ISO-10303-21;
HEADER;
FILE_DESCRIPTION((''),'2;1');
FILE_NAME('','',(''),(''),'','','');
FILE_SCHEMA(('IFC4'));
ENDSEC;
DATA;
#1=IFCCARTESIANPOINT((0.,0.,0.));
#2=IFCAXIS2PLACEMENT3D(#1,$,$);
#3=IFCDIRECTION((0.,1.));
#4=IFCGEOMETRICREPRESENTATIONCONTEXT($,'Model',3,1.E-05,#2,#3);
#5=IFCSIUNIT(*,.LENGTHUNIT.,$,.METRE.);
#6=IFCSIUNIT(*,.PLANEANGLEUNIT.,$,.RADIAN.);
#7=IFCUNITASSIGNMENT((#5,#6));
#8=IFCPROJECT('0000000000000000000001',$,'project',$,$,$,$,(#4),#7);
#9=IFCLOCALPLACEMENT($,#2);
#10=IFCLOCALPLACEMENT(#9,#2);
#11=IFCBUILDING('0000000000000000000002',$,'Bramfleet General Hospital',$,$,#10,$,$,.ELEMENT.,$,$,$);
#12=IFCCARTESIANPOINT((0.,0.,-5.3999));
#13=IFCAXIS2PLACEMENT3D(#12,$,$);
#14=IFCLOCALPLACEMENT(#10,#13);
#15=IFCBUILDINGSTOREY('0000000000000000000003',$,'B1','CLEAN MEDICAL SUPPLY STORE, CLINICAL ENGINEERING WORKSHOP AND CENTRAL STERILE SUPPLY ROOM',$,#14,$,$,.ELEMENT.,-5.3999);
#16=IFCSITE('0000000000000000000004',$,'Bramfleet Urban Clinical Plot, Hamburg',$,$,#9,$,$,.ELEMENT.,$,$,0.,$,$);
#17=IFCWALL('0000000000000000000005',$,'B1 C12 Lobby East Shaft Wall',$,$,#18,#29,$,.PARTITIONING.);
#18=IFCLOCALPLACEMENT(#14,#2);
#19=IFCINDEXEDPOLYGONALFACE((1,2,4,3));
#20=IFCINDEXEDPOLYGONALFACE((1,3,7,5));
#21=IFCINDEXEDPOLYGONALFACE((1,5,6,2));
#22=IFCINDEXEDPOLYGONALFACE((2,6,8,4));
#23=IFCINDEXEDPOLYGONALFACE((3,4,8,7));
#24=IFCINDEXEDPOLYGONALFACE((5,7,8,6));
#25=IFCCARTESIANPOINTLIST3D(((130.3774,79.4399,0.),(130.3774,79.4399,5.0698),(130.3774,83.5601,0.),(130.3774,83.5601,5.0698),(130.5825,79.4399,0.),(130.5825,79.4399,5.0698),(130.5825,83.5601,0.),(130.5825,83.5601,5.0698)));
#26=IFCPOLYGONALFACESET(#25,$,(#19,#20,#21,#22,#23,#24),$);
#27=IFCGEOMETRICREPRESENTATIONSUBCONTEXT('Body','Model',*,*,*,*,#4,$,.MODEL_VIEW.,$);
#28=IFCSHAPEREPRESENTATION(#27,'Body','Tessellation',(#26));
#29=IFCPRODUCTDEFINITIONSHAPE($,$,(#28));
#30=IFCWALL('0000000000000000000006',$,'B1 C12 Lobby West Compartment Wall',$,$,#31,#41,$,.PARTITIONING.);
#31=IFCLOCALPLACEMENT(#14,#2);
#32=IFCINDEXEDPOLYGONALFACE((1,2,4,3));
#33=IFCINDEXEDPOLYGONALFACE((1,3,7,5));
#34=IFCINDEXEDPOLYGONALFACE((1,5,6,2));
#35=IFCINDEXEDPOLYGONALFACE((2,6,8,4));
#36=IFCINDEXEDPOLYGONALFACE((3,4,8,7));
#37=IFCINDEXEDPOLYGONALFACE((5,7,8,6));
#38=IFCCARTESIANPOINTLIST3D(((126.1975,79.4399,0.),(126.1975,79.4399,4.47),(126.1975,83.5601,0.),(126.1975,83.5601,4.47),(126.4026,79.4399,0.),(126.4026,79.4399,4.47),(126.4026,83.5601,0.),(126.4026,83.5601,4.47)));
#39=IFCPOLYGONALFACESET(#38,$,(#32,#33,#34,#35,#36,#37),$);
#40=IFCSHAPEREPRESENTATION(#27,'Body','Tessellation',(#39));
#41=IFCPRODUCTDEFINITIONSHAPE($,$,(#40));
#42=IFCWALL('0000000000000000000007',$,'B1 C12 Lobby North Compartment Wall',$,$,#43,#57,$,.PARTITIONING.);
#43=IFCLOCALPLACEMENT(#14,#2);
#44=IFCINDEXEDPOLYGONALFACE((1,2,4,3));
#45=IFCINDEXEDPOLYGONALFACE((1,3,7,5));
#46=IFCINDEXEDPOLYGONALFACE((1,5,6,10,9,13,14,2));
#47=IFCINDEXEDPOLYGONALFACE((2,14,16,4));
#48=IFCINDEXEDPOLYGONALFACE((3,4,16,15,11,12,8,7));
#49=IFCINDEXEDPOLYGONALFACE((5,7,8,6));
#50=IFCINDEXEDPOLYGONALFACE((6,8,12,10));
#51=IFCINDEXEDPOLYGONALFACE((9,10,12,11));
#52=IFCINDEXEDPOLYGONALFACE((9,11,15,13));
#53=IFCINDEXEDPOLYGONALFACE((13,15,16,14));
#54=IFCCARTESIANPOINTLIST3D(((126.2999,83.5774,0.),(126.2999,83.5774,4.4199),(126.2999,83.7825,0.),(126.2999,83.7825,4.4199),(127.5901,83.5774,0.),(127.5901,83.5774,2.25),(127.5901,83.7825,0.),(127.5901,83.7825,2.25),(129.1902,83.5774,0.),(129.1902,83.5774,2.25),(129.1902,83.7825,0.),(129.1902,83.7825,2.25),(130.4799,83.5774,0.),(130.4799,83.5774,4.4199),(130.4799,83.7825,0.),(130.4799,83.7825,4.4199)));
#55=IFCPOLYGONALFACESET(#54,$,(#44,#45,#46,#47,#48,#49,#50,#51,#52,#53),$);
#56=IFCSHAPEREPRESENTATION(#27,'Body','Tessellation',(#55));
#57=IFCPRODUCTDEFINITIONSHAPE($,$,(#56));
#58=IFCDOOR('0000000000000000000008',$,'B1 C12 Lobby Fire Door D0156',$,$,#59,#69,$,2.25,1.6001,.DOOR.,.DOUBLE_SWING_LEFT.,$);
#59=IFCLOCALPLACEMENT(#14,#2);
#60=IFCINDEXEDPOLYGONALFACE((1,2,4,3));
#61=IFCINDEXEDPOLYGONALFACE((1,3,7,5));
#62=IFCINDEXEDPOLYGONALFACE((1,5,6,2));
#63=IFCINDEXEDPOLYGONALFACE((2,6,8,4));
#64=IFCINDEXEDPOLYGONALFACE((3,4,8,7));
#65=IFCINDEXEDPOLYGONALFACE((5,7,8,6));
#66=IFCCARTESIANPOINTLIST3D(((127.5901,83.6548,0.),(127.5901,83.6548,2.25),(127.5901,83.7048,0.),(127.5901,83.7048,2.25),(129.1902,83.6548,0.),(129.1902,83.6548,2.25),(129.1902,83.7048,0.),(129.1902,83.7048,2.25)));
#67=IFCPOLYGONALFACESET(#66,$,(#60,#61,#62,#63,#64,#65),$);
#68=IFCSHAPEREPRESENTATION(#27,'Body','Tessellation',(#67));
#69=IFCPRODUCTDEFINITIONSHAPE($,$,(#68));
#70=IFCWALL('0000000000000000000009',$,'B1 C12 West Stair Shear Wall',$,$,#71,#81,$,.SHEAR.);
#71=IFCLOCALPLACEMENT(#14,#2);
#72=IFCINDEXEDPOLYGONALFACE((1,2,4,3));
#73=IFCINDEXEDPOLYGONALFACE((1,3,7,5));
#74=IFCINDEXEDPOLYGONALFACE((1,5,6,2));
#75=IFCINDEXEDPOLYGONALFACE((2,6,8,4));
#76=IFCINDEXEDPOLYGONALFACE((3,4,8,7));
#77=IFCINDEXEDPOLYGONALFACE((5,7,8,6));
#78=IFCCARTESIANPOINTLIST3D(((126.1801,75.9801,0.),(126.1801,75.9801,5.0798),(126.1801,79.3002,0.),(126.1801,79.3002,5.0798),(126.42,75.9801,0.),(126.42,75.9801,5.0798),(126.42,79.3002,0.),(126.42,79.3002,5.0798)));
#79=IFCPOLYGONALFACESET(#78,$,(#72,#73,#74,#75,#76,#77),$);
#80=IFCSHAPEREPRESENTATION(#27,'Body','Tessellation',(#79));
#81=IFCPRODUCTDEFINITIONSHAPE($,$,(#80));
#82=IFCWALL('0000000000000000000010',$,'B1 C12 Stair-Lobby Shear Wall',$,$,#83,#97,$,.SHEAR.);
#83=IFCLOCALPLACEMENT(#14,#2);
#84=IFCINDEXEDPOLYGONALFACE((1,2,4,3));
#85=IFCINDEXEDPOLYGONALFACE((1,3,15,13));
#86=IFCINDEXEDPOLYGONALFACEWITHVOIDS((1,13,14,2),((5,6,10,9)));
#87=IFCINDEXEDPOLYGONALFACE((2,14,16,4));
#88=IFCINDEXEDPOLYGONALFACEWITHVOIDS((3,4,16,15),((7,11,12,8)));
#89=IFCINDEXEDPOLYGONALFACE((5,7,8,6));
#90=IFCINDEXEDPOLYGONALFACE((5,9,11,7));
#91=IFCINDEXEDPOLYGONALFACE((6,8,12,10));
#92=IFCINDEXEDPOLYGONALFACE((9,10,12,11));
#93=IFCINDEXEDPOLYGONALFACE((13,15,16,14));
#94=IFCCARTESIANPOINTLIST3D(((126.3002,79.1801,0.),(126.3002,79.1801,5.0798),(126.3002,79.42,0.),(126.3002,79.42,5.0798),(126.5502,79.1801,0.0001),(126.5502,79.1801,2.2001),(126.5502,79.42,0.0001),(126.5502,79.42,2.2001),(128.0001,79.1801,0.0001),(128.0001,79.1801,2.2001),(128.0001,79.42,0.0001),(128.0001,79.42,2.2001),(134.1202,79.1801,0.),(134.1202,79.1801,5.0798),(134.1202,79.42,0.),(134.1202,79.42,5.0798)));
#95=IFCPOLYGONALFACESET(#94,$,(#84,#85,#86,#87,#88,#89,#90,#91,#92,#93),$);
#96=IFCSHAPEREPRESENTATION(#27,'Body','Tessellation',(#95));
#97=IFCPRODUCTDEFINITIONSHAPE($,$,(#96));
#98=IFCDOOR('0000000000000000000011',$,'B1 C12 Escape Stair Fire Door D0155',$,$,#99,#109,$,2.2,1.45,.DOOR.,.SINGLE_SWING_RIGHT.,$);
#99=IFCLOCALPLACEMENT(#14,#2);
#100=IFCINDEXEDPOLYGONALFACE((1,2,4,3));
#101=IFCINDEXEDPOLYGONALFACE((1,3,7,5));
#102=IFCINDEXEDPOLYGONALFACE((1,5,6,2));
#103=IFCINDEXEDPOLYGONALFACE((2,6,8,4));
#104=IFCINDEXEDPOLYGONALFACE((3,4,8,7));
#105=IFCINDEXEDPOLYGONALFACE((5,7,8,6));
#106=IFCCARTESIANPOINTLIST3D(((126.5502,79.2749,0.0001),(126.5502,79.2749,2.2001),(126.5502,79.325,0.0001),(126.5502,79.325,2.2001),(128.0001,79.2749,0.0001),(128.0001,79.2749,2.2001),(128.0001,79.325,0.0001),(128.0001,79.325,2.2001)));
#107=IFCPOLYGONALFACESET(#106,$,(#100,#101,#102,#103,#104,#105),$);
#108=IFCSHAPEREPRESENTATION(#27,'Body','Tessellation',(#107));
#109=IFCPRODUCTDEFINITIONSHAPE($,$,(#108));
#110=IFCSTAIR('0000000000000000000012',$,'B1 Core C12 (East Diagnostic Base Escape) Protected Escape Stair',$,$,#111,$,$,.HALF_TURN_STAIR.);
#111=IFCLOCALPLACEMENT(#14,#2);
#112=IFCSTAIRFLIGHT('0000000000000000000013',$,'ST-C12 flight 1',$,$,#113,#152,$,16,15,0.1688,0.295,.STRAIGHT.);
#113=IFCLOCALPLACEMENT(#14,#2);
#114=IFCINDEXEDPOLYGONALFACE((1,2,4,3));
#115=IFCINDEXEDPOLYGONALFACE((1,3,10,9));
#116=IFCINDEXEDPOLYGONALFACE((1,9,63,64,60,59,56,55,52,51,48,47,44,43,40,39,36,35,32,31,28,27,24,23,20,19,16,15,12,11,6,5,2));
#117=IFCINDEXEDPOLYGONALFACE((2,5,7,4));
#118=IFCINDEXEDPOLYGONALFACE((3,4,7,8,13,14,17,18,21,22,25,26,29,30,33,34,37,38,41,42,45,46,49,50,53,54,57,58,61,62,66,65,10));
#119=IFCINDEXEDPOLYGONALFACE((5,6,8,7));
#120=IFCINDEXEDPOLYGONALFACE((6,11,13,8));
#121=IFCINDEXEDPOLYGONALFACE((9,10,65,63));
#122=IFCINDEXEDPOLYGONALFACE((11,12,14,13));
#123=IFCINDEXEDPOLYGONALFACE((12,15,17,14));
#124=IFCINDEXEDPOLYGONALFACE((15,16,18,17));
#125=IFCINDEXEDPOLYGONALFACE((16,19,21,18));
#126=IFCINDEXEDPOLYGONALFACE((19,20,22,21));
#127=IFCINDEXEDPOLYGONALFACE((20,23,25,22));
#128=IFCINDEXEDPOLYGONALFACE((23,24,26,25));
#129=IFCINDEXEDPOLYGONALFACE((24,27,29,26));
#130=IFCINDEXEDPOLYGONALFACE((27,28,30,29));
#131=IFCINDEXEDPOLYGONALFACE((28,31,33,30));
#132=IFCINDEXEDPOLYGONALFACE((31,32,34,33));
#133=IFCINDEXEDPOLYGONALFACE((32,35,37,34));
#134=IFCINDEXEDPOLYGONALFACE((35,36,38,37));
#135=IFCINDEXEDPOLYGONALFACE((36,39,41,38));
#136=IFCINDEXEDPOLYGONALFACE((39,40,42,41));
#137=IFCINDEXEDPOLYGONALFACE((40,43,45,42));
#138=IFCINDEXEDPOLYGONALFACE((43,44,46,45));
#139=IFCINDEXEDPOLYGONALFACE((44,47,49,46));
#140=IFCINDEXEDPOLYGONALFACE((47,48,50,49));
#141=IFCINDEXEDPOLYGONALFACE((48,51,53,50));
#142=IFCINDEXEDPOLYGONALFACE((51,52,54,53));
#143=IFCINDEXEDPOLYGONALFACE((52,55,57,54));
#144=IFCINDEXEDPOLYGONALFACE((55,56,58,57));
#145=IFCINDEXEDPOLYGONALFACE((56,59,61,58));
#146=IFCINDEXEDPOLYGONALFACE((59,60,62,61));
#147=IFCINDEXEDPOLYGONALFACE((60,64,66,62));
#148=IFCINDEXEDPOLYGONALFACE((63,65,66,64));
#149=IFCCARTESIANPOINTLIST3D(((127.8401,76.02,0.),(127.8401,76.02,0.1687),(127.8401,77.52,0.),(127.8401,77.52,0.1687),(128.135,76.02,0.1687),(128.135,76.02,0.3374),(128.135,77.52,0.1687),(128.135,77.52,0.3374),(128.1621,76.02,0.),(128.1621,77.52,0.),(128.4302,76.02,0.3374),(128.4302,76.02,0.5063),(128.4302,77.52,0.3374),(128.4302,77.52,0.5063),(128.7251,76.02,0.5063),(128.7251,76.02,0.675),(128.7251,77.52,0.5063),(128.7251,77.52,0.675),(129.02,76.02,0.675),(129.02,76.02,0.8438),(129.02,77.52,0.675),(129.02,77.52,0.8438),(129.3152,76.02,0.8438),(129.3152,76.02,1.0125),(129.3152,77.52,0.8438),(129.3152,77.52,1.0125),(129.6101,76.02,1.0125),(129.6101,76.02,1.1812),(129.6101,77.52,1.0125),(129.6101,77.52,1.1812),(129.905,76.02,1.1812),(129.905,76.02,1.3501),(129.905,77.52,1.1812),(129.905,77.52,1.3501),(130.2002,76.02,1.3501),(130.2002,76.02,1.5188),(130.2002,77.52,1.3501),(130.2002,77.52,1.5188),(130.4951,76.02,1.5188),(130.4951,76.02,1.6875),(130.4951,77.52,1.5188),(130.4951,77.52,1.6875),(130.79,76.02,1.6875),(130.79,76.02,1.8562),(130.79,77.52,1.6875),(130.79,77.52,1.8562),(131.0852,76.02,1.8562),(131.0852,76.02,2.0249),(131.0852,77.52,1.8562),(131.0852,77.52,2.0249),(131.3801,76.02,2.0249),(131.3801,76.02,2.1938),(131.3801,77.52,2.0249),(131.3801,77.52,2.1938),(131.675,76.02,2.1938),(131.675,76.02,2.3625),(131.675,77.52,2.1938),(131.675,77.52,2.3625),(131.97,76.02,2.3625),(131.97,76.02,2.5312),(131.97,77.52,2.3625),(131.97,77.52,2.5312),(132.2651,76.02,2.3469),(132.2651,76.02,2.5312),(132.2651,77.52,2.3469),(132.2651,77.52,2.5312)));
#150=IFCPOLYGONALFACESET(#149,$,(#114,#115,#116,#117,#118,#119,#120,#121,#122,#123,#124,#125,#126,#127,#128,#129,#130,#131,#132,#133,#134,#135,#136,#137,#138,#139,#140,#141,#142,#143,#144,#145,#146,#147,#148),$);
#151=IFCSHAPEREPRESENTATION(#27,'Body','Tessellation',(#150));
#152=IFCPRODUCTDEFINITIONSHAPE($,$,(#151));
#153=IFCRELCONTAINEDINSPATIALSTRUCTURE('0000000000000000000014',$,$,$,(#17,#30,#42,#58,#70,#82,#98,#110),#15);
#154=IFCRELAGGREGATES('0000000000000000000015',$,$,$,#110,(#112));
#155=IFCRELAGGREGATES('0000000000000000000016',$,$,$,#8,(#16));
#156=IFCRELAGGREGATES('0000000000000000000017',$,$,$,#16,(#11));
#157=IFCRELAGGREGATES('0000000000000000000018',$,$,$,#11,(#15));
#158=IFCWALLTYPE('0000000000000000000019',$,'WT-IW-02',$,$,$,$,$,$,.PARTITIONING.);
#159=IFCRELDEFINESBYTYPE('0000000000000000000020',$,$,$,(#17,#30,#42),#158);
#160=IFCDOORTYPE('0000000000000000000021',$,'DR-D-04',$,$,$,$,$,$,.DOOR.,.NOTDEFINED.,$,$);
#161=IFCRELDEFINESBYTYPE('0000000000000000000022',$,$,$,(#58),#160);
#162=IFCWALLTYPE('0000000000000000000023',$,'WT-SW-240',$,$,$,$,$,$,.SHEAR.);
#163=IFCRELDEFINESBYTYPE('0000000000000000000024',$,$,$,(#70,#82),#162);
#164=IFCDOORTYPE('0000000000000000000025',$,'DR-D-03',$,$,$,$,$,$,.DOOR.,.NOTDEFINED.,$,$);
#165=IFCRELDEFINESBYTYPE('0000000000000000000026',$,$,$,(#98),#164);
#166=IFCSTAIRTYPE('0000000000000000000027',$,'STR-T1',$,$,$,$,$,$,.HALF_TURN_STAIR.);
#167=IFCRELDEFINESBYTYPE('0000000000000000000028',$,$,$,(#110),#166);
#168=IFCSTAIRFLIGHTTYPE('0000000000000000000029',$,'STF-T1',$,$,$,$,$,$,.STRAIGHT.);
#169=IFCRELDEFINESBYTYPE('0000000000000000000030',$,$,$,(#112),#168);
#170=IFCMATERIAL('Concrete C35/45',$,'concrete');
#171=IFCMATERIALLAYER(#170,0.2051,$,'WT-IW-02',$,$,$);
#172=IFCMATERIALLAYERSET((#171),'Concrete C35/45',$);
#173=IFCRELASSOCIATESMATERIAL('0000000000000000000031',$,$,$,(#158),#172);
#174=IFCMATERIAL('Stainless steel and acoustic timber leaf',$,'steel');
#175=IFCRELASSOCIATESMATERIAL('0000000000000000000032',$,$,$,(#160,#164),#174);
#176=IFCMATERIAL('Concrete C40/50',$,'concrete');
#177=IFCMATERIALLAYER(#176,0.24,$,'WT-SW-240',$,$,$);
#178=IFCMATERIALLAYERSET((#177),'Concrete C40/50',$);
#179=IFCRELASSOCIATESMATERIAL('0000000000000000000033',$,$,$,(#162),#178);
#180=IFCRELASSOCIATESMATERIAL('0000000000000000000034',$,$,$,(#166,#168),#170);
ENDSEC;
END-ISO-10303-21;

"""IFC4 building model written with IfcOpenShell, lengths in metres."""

from ifc_helpers import new_model, si_unit, direction, frame, frame_2d, origin, place, context, subcontext, project, spatial, polyline, rectangle, outline, extrude, material, layer, layer_set, type_object, element, fill, aggregate, save


model = new_model("IFC4")

# Units and contexts
model_context = context("Model", 3, precision=1e-05, world=origin(), true_north=direction((0.0, 1.0)))
body_context = subcontext(model_context, "Body", "Model", "MODEL_VIEW")
ifc_project = project(units=[si_unit("LENGTHUNIT", "METRE"), si_unit("PLANEANGLEUNIT", "RADIAN")], contexts=[model_context])

# Site, building, storey
site_placement = place(None, origin())
site = spatial("IfcSite", under=ifc_project, at=site_placement, Name="Bramfleet Urban Clinical Plot, Hamburg", CompositionType="ELEMENT", RefElevation=0.0)
building_placement = place(site_placement, origin())
building = spatial("IfcBuilding", under=site, at=building_placement, Name="Bramfleet General Hospital", CompositionType="ELEMENT")
storey_placement = place(building_placement, frame((0.0, 0.0, -5.3999)))
storey = spatial("IfcBuildingStorey", under=building, at=storey_placement, Name="B1", Description="CLEAN MEDICAL SUPPLY STORE, CLINICAL ENGINEERING WORKSHOP AND CENTRAL STERILE SUPPLY ROOM", CompositionType="ELEMENT", Elevation=-5.3999)

# Shared definitions
ifc_material_1 = material(Name="Concrete C35/45", Category="concrete")

# Walls
ifc_layer_1 = layer(ifc_material_1, 0.2051, Name="WT-IW-02")
ifc_layer_set_1 = layer_set([ifc_layer_1], Name="Concrete C35/45")
wall_type_1 = type_object("IfcWallType", Name="WT-IW-02", PredefinedType="PARTITIONING", material=ifc_layer_set_1)
wall_1_placement = place(storey_placement, frame((130.48, 79.4399, 0.0), z_axis=(0.0, 0.0, 1.0), x_axis=(0.0, 1.0, 0.0)))
element("IfcWall", 1, at=wall_1_placement, inside=storey, type_object=wall_type_1, Name="B1 C12 Lobby East Shaft Wall", PredefinedType="PARTITIONING", context=body_context, shape_type="SweptSolid", body=[
    extrude(rectangle(XDim=4.1201, YDim=0.2051, at=frame_2d((2.0601, 0.0))), origin(), (0.0, 0.0, 1.0), 5.0698),
])
wall_2_placement = place(storey_placement, frame((126.3, 79.4399, 0.0), z_axis=(0.0, 0.0, 1.0), x_axis=(0.0, 1.0, 0.0)))
element("IfcWall", 2, at=wall_2_placement, inside=storey, type_object=wall_type_1, Name="B1 C12 Lobby West Compartment Wall", PredefinedType="PARTITIONING", context=body_context, shape_type="SweptSolid", body=[
    extrude(rectangle(XDim=4.1201, YDim=0.2051, at=frame_2d((2.0601, 0.0))), origin(), (0.0, 0.0, 1.0), 4.47),
])

# Wall, opening, door
wall_3_placement = place(storey_placement, frame((126.3, 83.6799, 0.0), z_axis=(0.0, 0.0, 1.0), x_axis=(1.0, 0.0, 0.0)))
wall_3 = element("IfcWall", 3, at=wall_3_placement, inside=storey, type_object=wall_type_1, Name="B1 C12 Lobby North Compartment Wall", PredefinedType="PARTITIONING", context=body_context, shape_type="SweptSolid", body=[
    extrude(rectangle(XDim=4.1799, YDim=0.2051, at=frame_2d((2.0898, 0.0))), origin(), (0.0, 0.0, 1.0), 4.4199),
])
opening_1_placement = place(wall_3_placement, frame((1.29, 0.0, 0.0)))
opening_1 = element("IfcOpeningElement", 4, at=opening_1_placement, cuts=wall_3, PredefinedType="OPENING", context=body_context, shape_type="SweptSolid", body=[
    extrude(rectangle(XDim=1.6001, YDim=2.25, at=frame_2d((0.8, 1.125))), frame((0.0, 0.1125, 0.0), z_axis=(0.0, -1.0, 0.0), x_axis=(1.0, 0.0, 0.0)), (0.0, 0.0, 1.0), 0.2251),
])
ifc_material_2 = material(Name="Stainless steel and acoustic timber leaf", Category="steel")
door_type_1 = type_object("IfcDoorType", Name="DR-D-04", OperationType="NOTDEFINED", PredefinedType="DOOR", material=ifc_material_2)
door_1_placement = place(opening_1_placement, origin())
door_1 = element("IfcDoor", 5, at=door_1_placement, inside=storey, type_object=door_type_1, Name="B1 C12 Lobby Fire Door D0156", OperationType="DOUBLE_SWING_LEFT", OverallHeight=2.25, OverallWidth=1.6001, PredefinedType="DOOR", context=body_context, shape_type="SweptSolid", body=[
    extrude(rectangle(XDim=1.6001, YDim=2.25, at=frame_2d((0.8, 1.125))), frame((0.0, 0.0249, 0.0), z_axis=(0.0, -1.0, 0.0), x_axis=(1.0, 0.0, 0.0)), (0.0, 0.0, 1.0), 0.05),
])
fill(opening_1, door_1)

# Wall
ifc_material_3 = material(Name="Concrete C40/50", Category="concrete")
ifc_layer_2 = layer(ifc_material_3, 0.24, Name="WT-SW-240")
ifc_layer_set_2 = layer_set([ifc_layer_2], Name="Concrete C40/50")
wall_type_2 = type_object("IfcWallType", Name="WT-SW-240", PredefinedType="SHEAR", material=ifc_layer_set_2)
wall_4_placement = place(storey_placement, frame((126.3, 75.98, 0.0), z_axis=(0.0, 0.0, 1.0), x_axis=(0.0, 1.0, 0.0)))
element("IfcWall", 6, at=wall_4_placement, inside=storey, type_object=wall_type_2, Name="B1 C12 West Stair Shear Wall", PredefinedType="SHEAR", context=body_context, shape_type="SweptSolid", body=[
    extrude(rectangle(XDim=3.3201, YDim=0.24, at=frame_2d((1.6602, 0.0))), origin(), (0.0, 0.0, 1.0), 5.0798),
])

# Wall, opening, door
wall_5_placement = place(storey_placement, frame((126.3, 79.3, 0.0), z_axis=(0.0, 0.0, 1.0), x_axis=(1.0, 0.0, 0.0)))
wall_5 = element("IfcWall", 7, at=wall_5_placement, inside=storey, type_object=wall_type_2, Name="B1 C12 Stair-Lobby Shear Wall", PredefinedType="SHEAR", context=body_context, shape_type="SweptSolid", body=[
    extrude(rectangle(XDim=7.8201, YDim=0.24, at=frame_2d((3.9102, 0.0))), origin(), (0.0, 0.0, 1.0), 5.0798),
])
opening_2_placement = place(wall_5_placement, frame((0.25, 0.0, 0.0)))
opening_2 = element("IfcOpeningElement", 8, at=opening_2_placement, cuts=wall_5, PredefinedType="OPENING", context=body_context, shape_type="SweptSolid", body=[
    extrude(rectangle(XDim=1.45, YDim=2.2, at=frame_2d((0.7251, 1.1001))), frame((0.0, 0.1299, 0.0), z_axis=(0.0, -1.0, 0.0), x_axis=(1.0, 0.0, 0.0)), (0.0, 0.0, 1.0), 0.26),
])
door_type_2 = type_object("IfcDoorType", Name="DR-D-03", OperationType="NOTDEFINED", PredefinedType="DOOR", material=ifc_material_2)
door_2_placement = place(opening_2_placement, origin())
door_2 = element("IfcDoor", 9, at=door_2_placement, inside=storey, type_object=door_type_2, Name="B1 C12 Escape Stair Fire Door D0155", OperationType="SINGLE_SWING_RIGHT", OverallHeight=2.2, OverallWidth=1.45, PredefinedType="DOOR", context=body_context, shape_type="SweptSolid", body=[
    extrude(rectangle(XDim=1.45, YDim=2.2, at=frame_2d((0.7251, 1.1001))), frame((0.0, 0.0249, 0.0), z_axis=(0.0, -1.0, 0.0), x_axis=(1.0, 0.0, 0.0)), (0.0, 0.0, 1.0), 0.05),
])
fill(opening_2, door_2)

# Stair, stair flight
stair_type = type_object("IfcStairType", Name="STR-T1", PredefinedType="HALF_TURN_STAIR", material=ifc_material_1)
stair_placement = place(storey_placement, origin())
stair = element("IfcStair", 10, at=stair_placement, inside=storey, type_object=stair_type, Name="B1 Core C12 (East Diagnostic Base Escape) Protected Escape Stair", PredefinedType="HALF_TURN_STAIR")
stair_flight_type = type_object("IfcStairFlightType", Name="STF-T1", PredefinedType="STRAIGHT", material=ifc_material_1)
stair_flight_1_placement = place(storey_placement, frame((127.8401, 76.77, 0.0), z_axis=(0.0, 0.0, 1.0), x_axis=(1.0, 0.0, 0.0)))
stair_flight_1 = element("IfcStairFlight", 11, at=stair_flight_1_placement, type_object=stair_flight_type, Name="ST-C12 flight 1", NumberOfRisers=16, NumberOfTreads=15, PredefinedType="STRAIGHT", RiserHeight=0.1688, TreadLength=0.295, context=body_context, shape_type="SweptSolid", body=[
    extrude(outline(polyline([(0.0, 0.0), (0.0, 0.1687), (0.2949, 0.1687), (0.2949, 0.3374), (0.5901, 0.3374), (0.5901, 0.5063), (0.885, 0.5063), (0.885, 0.675), (1.1799, 0.675), (1.1799, 0.8438), (1.4751, 0.8438), (1.4751, 1.0125), (1.77, 1.0125), (1.77, 1.1812), (2.0649, 1.1812), (2.0649, 1.3501), (2.3601, 1.3501), (2.3601, 1.5188), (2.655, 1.5188), (2.655, 1.6875), (2.95, 1.6875), (2.95, 1.8562), (3.2451, 1.8562), (3.2451, 2.0249), (3.54, 2.0249), (3.54, 2.1938), (3.835, 2.1938), (3.835, 2.3625), (4.1299, 2.3625), (4.1299, 2.5312), (4.425, 2.5312), (4.425, 2.7), (4.425, 2.3469), (0.322, 0.0), (0.0, 0.0)])), frame((0.0, 0.75, 0.0), z_axis=(0.0, -1.0, 0.0), x_axis=(1.0, 0.0, 0.0)), (0.0, 0.0, 1.0), 1.5),
])
aggregate(stair, [stair_flight_1])

save(model, "model.ifc")
